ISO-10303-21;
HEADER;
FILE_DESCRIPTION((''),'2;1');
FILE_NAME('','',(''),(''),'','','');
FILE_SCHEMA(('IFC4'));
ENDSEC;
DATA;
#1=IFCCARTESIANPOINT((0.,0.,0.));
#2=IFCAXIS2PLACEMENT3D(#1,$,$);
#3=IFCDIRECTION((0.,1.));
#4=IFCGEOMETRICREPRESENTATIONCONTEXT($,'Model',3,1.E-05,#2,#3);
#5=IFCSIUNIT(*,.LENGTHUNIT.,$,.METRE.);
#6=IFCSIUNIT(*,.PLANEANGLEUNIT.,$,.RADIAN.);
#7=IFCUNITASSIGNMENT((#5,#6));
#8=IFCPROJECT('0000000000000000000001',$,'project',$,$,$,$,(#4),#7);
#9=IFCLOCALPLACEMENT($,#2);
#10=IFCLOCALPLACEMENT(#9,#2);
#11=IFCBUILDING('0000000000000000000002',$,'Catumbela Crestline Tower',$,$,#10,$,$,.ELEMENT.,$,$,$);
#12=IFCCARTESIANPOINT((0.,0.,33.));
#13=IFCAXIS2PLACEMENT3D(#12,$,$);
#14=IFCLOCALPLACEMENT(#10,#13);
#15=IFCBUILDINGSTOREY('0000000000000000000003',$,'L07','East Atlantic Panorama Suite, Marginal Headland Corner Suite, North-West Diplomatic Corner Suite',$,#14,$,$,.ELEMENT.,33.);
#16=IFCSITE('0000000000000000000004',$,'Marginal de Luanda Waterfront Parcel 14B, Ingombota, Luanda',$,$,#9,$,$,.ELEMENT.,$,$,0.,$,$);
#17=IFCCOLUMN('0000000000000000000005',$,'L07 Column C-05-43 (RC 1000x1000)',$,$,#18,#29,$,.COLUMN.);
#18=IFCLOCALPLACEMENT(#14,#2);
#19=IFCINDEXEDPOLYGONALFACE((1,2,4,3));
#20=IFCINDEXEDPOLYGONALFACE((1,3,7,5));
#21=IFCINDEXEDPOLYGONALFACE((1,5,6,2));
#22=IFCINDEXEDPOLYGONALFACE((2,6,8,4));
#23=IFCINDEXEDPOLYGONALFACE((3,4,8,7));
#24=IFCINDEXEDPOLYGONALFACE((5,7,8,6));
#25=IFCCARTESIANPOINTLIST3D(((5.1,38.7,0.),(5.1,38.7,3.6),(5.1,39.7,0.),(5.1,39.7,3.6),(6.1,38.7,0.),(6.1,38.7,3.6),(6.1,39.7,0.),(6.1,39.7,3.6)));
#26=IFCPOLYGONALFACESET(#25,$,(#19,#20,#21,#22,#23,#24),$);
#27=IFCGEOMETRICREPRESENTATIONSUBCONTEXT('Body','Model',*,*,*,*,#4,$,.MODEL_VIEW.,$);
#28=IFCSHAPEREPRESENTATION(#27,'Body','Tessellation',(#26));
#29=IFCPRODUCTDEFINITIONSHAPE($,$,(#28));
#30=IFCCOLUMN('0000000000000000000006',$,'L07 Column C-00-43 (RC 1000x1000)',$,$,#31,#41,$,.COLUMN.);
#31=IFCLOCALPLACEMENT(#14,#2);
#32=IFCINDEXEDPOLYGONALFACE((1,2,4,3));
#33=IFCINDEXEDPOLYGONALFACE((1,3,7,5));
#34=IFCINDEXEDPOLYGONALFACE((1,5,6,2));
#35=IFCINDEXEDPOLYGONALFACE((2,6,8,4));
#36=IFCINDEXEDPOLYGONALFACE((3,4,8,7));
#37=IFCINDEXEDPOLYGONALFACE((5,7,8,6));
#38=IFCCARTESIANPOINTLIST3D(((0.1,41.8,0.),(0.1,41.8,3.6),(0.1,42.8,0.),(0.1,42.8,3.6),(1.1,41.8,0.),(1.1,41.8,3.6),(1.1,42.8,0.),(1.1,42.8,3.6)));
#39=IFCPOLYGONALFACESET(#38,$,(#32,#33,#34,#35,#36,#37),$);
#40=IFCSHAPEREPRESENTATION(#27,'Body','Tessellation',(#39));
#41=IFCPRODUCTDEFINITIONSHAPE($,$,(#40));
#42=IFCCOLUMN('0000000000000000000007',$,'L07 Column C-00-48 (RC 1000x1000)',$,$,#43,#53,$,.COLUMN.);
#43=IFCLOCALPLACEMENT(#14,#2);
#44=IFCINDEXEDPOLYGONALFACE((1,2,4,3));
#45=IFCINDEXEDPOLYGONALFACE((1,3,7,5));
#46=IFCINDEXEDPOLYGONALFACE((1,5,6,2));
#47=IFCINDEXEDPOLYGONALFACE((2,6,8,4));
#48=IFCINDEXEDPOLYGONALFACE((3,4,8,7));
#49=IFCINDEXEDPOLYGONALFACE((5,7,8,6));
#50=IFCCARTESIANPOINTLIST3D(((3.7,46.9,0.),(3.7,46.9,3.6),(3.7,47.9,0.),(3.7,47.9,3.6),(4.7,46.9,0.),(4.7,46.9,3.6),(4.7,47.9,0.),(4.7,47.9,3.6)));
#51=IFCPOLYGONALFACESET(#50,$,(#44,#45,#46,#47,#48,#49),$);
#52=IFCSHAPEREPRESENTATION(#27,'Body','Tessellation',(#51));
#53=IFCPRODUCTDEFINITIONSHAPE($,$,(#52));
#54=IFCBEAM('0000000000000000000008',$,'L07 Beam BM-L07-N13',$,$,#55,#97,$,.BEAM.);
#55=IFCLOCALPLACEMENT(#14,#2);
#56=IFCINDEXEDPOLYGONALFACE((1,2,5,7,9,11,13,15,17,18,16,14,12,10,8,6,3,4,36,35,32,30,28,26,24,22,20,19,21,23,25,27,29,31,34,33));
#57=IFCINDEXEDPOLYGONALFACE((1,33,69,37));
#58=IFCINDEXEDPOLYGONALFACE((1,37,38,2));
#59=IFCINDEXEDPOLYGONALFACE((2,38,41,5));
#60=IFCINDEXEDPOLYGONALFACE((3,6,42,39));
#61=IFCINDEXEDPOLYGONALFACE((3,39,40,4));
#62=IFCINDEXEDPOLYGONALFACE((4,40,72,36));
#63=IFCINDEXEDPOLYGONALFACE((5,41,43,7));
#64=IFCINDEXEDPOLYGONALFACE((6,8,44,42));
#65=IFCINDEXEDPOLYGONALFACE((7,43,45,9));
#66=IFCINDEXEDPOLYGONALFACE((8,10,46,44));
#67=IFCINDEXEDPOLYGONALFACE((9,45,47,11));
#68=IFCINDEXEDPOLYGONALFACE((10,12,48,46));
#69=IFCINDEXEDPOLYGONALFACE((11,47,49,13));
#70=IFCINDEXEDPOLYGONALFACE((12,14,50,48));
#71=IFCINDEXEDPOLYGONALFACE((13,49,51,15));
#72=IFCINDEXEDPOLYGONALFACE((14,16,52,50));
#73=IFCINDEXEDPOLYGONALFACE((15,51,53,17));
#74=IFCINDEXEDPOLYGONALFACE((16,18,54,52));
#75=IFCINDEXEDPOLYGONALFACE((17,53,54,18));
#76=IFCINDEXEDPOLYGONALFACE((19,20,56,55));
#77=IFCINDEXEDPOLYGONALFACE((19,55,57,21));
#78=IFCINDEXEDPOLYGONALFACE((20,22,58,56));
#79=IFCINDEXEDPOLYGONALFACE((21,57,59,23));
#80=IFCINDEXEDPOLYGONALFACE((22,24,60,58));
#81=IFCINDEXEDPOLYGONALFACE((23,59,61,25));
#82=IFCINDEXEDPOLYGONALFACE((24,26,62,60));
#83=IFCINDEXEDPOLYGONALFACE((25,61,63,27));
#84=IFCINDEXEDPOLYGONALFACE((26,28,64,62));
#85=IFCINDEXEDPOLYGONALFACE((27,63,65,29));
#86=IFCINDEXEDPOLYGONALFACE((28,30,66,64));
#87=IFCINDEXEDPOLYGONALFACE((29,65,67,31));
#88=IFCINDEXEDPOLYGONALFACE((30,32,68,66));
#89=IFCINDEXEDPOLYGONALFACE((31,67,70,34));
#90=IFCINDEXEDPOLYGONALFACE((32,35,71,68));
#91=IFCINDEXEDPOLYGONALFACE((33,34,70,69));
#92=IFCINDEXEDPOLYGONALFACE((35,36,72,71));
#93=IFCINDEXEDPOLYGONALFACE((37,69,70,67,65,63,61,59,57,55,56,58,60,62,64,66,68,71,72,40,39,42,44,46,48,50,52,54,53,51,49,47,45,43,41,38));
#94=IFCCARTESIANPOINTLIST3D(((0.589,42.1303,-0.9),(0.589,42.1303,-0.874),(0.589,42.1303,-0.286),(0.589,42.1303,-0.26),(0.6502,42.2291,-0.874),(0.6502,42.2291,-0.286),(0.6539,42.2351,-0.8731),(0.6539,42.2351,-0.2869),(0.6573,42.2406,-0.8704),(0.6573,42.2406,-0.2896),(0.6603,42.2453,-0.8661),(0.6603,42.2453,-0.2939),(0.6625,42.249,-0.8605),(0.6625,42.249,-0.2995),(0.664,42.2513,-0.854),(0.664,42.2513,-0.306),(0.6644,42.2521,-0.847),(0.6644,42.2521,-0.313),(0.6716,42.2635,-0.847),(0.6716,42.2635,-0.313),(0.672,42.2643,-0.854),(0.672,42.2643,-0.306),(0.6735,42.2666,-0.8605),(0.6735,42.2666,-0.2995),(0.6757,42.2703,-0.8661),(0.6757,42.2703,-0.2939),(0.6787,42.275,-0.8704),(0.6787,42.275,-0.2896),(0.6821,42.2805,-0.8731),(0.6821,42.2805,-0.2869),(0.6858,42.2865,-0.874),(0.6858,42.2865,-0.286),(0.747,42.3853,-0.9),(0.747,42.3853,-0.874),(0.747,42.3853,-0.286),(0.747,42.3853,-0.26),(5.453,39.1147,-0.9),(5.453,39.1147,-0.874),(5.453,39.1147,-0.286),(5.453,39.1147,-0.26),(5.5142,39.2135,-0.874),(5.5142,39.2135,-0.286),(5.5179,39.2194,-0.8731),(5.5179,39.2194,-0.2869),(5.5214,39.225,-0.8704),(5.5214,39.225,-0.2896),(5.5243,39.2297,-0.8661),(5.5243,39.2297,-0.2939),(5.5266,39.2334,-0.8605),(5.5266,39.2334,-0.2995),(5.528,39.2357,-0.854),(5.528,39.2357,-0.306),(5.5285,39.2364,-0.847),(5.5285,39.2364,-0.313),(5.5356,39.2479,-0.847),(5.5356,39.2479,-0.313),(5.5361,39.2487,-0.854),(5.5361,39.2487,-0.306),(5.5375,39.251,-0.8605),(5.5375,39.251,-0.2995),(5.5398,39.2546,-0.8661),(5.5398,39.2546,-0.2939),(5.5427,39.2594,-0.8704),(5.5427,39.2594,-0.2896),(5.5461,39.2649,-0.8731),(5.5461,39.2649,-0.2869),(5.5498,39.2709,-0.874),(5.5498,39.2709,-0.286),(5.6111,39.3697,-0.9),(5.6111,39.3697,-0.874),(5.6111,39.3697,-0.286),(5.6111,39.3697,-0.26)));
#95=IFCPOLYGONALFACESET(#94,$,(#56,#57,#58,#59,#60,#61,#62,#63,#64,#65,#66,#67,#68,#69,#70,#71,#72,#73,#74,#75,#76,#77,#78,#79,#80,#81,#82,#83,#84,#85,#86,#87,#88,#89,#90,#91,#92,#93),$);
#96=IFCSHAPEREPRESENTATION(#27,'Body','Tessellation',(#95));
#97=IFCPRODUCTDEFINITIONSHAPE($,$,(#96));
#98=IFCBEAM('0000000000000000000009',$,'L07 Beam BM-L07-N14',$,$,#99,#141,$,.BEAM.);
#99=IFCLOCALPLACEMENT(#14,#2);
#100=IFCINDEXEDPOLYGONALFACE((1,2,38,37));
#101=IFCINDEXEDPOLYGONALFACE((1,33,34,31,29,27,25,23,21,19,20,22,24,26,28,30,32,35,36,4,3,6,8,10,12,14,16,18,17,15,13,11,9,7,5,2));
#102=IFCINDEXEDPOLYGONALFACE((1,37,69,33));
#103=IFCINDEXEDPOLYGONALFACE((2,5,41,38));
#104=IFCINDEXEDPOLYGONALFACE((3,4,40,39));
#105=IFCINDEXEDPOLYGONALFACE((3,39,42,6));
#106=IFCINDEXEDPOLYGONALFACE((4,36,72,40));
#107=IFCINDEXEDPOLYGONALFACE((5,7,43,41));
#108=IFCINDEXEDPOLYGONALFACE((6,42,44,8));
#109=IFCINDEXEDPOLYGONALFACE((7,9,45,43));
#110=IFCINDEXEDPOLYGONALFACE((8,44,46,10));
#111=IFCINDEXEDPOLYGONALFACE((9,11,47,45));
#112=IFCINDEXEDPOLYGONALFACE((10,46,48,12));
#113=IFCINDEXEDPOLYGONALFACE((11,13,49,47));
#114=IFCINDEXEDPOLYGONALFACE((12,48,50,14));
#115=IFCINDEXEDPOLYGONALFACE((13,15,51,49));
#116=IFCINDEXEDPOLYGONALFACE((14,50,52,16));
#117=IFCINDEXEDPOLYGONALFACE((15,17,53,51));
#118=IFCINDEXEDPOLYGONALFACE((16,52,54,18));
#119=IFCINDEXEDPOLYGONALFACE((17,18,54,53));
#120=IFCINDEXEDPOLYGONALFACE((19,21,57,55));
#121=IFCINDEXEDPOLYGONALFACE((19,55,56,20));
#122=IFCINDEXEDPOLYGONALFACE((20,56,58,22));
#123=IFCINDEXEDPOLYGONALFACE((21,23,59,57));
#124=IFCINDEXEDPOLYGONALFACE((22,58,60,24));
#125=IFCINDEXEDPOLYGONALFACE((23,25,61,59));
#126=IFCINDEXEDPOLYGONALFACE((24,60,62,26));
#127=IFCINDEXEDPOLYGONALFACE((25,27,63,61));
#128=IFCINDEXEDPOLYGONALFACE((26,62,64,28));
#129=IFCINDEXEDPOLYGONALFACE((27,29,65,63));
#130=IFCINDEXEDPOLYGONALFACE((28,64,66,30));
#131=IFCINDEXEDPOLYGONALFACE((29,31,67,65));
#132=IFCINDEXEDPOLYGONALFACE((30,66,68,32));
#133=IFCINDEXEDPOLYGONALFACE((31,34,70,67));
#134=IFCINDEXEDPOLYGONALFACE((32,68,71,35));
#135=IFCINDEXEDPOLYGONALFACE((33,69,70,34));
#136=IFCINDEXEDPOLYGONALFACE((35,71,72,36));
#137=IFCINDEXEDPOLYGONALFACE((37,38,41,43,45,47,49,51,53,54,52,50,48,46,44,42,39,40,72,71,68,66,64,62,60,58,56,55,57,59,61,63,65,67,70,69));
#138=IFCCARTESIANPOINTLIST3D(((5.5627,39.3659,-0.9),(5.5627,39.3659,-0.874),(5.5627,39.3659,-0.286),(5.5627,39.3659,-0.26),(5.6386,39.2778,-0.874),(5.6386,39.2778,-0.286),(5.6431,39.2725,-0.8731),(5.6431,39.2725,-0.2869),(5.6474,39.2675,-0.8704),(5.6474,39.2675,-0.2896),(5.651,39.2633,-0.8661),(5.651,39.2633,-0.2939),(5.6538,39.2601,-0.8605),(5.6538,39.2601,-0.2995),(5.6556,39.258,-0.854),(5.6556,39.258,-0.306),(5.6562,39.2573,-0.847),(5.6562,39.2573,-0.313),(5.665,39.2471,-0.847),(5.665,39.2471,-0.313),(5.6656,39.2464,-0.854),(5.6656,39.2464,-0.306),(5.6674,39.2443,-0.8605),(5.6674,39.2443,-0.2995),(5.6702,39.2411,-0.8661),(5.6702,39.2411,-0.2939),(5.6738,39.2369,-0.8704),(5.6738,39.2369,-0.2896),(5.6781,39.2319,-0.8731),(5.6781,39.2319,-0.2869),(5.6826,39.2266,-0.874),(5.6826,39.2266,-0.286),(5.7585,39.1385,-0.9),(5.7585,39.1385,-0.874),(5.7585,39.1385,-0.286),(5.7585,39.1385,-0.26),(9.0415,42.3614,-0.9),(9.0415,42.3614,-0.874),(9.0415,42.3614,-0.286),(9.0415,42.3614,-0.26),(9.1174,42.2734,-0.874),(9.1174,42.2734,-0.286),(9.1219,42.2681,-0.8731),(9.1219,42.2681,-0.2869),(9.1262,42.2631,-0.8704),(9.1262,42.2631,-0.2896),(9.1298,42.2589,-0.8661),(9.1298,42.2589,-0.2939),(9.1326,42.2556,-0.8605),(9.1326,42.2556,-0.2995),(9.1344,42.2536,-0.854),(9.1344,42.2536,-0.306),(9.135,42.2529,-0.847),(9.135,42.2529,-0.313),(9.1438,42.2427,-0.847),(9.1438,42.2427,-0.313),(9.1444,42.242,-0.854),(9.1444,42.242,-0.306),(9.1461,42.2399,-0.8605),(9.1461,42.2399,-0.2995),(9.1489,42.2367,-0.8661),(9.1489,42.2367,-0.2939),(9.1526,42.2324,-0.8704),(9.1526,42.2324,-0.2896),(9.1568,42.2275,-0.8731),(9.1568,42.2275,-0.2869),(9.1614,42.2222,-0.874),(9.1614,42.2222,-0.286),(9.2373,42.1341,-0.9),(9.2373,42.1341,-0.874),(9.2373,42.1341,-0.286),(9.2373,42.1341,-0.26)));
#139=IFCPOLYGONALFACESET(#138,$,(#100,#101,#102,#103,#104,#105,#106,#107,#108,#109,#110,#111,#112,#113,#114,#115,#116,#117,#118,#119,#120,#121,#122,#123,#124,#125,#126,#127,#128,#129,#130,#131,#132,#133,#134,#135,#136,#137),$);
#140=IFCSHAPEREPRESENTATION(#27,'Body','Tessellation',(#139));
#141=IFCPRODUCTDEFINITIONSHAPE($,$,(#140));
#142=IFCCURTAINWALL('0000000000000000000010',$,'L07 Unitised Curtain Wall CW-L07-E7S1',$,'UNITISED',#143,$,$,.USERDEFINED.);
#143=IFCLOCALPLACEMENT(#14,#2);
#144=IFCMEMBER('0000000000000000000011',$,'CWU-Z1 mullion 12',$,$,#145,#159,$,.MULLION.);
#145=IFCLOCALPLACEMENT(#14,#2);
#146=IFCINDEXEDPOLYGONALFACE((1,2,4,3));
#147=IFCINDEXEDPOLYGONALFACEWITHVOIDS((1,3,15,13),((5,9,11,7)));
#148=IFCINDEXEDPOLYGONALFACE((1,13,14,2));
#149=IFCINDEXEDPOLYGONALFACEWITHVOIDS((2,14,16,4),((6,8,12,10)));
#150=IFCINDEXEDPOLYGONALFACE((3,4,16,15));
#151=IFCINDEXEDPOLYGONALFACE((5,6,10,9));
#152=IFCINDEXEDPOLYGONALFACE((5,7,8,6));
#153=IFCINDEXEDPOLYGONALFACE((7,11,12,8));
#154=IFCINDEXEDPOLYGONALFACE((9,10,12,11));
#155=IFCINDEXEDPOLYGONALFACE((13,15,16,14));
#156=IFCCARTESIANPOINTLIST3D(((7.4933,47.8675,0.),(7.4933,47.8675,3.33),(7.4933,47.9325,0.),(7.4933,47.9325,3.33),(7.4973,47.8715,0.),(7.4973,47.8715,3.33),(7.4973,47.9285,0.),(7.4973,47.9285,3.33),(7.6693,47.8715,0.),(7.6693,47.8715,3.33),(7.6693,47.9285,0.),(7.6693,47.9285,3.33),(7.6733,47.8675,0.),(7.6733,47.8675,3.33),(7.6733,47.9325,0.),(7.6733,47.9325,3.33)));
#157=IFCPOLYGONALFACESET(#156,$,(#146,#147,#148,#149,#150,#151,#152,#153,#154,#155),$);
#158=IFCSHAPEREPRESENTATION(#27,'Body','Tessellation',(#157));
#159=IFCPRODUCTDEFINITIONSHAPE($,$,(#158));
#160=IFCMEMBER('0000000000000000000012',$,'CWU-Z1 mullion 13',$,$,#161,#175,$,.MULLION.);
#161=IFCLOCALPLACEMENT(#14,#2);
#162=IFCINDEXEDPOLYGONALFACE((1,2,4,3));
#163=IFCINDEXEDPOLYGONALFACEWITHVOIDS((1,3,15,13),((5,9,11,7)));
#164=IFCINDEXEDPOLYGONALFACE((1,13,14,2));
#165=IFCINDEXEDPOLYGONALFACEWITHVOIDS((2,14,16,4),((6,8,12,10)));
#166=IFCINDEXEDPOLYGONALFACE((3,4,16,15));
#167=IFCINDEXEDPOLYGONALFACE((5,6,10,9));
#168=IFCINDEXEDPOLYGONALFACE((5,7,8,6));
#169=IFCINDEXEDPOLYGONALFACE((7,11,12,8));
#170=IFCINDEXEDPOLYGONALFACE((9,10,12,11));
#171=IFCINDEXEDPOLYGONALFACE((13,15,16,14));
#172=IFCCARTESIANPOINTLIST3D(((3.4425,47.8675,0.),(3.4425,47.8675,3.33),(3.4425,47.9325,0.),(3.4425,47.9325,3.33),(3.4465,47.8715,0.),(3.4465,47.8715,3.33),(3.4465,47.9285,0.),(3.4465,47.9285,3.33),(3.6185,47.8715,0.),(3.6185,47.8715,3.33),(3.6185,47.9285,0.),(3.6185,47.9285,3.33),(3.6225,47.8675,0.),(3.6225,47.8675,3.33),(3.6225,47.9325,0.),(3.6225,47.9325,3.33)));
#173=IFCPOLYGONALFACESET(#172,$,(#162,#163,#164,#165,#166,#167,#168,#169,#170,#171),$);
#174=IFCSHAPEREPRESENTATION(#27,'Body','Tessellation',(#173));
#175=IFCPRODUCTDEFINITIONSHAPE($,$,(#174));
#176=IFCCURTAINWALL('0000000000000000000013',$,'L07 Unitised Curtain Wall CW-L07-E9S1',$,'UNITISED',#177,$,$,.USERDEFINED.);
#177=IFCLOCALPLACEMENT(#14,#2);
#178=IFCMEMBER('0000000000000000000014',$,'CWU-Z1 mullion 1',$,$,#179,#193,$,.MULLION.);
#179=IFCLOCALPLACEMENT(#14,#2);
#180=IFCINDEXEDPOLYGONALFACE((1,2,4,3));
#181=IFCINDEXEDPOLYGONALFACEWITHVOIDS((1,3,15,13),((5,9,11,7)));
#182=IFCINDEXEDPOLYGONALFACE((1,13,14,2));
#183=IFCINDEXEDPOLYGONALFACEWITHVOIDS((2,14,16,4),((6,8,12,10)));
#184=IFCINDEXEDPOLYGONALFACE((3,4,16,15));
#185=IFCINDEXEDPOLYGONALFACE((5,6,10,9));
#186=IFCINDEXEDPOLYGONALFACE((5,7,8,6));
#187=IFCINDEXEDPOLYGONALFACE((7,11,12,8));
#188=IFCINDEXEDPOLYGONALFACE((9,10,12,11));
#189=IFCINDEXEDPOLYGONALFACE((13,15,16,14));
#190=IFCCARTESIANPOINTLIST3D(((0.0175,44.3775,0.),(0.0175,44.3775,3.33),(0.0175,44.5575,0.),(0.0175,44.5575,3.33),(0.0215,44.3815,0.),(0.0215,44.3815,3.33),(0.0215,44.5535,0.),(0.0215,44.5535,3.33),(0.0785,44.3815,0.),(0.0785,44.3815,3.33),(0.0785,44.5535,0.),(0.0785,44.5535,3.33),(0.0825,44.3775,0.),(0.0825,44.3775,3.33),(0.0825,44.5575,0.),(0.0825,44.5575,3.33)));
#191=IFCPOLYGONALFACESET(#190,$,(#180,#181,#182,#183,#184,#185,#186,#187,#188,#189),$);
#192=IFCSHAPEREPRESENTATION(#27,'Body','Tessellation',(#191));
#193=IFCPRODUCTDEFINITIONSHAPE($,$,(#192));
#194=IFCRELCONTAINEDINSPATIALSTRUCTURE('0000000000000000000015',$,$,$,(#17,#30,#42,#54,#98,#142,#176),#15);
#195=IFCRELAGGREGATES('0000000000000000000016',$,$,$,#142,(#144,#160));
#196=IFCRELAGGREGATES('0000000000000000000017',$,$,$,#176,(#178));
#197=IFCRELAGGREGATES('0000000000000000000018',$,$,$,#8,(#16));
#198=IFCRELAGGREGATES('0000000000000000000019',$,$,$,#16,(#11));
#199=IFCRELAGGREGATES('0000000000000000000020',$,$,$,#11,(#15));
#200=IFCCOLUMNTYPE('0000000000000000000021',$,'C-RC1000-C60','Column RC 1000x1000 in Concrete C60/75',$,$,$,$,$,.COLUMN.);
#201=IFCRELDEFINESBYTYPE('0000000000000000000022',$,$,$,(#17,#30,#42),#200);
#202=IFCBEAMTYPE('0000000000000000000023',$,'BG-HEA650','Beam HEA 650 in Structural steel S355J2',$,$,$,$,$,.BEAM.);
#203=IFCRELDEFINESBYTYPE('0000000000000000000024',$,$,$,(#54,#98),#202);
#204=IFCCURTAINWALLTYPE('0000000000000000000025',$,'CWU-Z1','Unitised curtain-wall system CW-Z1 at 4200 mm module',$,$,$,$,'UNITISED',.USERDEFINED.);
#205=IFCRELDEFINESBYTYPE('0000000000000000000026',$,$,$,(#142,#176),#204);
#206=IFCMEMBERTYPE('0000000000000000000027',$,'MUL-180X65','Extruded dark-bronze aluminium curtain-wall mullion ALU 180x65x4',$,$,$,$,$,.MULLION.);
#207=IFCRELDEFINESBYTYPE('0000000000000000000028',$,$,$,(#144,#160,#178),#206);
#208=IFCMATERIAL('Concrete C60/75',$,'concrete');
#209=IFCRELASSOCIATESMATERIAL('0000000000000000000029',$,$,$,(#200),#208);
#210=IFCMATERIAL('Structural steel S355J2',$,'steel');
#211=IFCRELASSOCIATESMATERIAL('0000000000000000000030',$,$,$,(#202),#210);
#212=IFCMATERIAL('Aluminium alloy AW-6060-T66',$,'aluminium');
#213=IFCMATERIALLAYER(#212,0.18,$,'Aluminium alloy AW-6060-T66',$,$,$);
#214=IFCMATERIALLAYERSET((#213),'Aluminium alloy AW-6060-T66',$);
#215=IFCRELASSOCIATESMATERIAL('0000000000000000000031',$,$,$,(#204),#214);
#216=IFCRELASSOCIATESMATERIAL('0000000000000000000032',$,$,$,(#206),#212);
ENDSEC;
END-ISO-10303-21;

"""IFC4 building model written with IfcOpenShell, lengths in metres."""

from ifc_helpers import new_model, si_unit, direction, frame, origin, origin_2d, place, context, subcontext, project, spatial, rectangle, hollow_rectangle, i_section, extrude, material, layer, layer_set, material_profile, profile_set, type_object, element, aggregate, save


model = new_model("IFC4")

# Units and contexts
model_context = context("Model", 3, precision=1e-05, world=origin(), true_north=direction((0.0, 1.0)))
body_context = subcontext(model_context, "Body", "Model", "MODEL_VIEW")
ifc_project = project(units=[si_unit("LENGTHUNIT", "METRE"), si_unit("PLANEANGLEUNIT", "RADIAN")], contexts=[model_context])

# Site, building, storey
site_placement = place(None, origin())
site = spatial("IfcSite", under=ifc_project, at=site_placement, Name="Marginal de Luanda Waterfront Parcel 14B, Ingombota, Luanda", CompositionType="ELEMENT", RefElevation=0.0)
building_placement = place(site_placement, origin())
building = spatial("IfcBuilding", under=site, at=building_placement, Name="Catumbela Crestline Tower", CompositionType="ELEMENT")
storey_placement = place(building_placement, frame((0.0, 0.0, 33.0)))
storey = spatial("IfcBuildingStorey", under=building, at=storey_placement, Name="L07", Description="East Atlantic Panorama Suite, Marginal Headland Corner Suite, North-West Diplomatic Corner Suite", CompositionType="ELEMENT", Elevation=33.0)

# Columns
ifc_material_1 = material(Name="Concrete C60/75", Category="concrete")
ifc_material_profile_1 = material_profile(ifc_material_1, rectangle(XDim=1.0, YDim=1.0, at=origin_2d()), Name="RC 1000x1000")
ifc_profile_set_1 = profile_set([ifc_material_profile_1], Name="Concrete C60/75")
column_type = type_object("IfcColumnType", Name="C-RC1000-C60", Description="Column RC 1000x1000 in Concrete C60/75", PredefinedType="COLUMN", material=ifc_profile_set_1)
for number, where, z_axis, x_axis, name in (
    (1, (5.6, 39.2, 0.0), (0.0, 0.0, 1.0), (1.0, 0.0, 0.0), "L07 Column C-05-43 (RC 1000x1000)"),
    (2, (0.6, 42.3, 0.0), (0.0, 0.0, 1.0), (1.0, 0.0, 0.0), "L07 Column C-00-43 (RC 1000x1000)"),
    (3, (4.2, 47.4, 0.0), (0.0, 0.0, 1.0), (1.0, 0.0, 0.0), "L07 Column C-00-48 (RC 1000x1000)"),
):
    element("IfcColumn", number, at=place(storey_placement, frame(where, z_axis=z_axis, x_axis=x_axis)), inside=storey, type_object=column_type, Name=name, PredefinedType="COLUMN", context=body_context, shape_type="SweptSolid", body=[
        extrude(rectangle(XDim=1.0, YDim=1.0, at=origin_2d()), origin(), (0.0, 0.0, 1.0), 3.6),
    ])

# Beams
ifc_material_2 = material(Name="Structural steel S355J2", Category="steel")
ifc_material_profile_2 = material_profile(ifc_material_2, i_section(OverallWidth=0.3, OverallDepth=0.64, WebThickness=0.0135, FlangeThickness=0.026, FilletRadius=0.027, at=origin_2d()), Name="HEA 650")
ifc_profile_set_2 = profile_set([ifc_material_profile_2], Name="Structural steel S355J2")
beam_type_1 = type_object("IfcBeamType", Name="BG-HEA650", Description="Beam HEA 650 in Structural steel S355J2", PredefinedType="BEAM", material=ifc_profile_set_2)
beam_1_placement = place(storey_placement, frame((0.668, 42.2578, -0.58), z_axis=(0.849909, -0.52693, 0.0), x_axis=(0.52693, 0.849909, 0.0)))
element("IfcBeam", 4, at=beam_1_placement, inside=storey, type_object=beam_type_1, Name="L07 Beam BM-L07-N13", PredefinedType="BEAM", context=body_context, shape_type="SweptSolid", body=[
    extrude(i_section(OverallWidth=0.3, OverallDepth=0.64, WebThickness=0.0135, FlangeThickness=0.026, FilletRadius=0.027, at=origin_2d()), origin(), (0.0, 0.0, 1.0), 5.723),
])
beam_2_placement = place(storey_placement, frame((5.6606, 39.2522, -0.58), z_axis=(0.757772, 0.652519, 0.0), x_axis=(-0.652519, 0.757772, 0.0)))
element("IfcBeam", 5, at=beam_2_placement, inside=storey, type_object=beam_type_1, Name="L07 Beam BM-L07-N14", PredefinedType="BEAM", context=body_context, shape_type="SweptSolid", body=[
    extrude(i_section(OverallWidth=0.3, OverallDepth=0.64, WebThickness=0.0135, FlangeThickness=0.026, FilletRadius=0.027, at=origin_2d()), origin(), (0.0, 0.0, 1.0), 4.5908),
])

# Curtain walls, members
ifc_material_3 = material(Name="Aluminium alloy AW-6060-T66", Category="aluminium")
ifc_layer_1 = layer(ifc_material_3, 0.18, Name="Aluminium alloy AW-6060-T66")
ifc_layer_set_1 = layer_set([ifc_layer_1], Name="Aluminium alloy AW-6060-T66")
curtain_wall_type = type_object("IfcCurtainWallType", Name="CWU-Z1", Description="Unitised curtain-wall system CW-Z1 at 4200 mm module", ElementType="UNITISED", PredefinedType="USERDEFINED", material=ifc_layer_set_1)
curtain_wall_1_placement = place(storey_placement, origin())
curtain_wall_1 = element("IfcCurtainWall", 6, at=curtain_wall_1_placement, inside=storey, type_object=curtain_wall_type, Name="L07 Unitised Curtain Wall CW-L07-E7S1", ObjectType="UNITISED", PredefinedType="USERDEFINED")
ifc_material_profile_3 = material_profile(ifc_material_3, hollow_rectangle(XDim=0.065, YDim=0.18, WallThickness=0.004, at=origin_2d()), Name="ALU 180x65x4")
ifc_profile_set_3 = profile_set([ifc_material_profile_3], Name="Aluminium alloy AW-6060-T66")
member_type_1 = type_object("IfcMemberType", Name="MUL-180X65", Description="Extruded dark-bronze aluminium curtain-wall mullion ALU 180x65x4", PredefinedType="MULLION", material=ifc_profile_set_3)
member_1_placement = place(storey_placement, frame((7.5833, 47.9, 0.0), z_axis=(0.0, 0.0, 1.0), x_axis=(0.0, -1.0, 0.0)))
member_1 = element("IfcMember", 7, at=member_1_placement, type_object=member_type_1, Name="CWU-Z1 mullion 12", PredefinedType="MULLION", context=body_context, shape_type="SweptSolid", body=[
    extrude(hollow_rectangle(XDim=0.065, YDim=0.18, WallThickness=0.004, at=origin_2d()), origin(), (0.0, 0.0, 1.0), 3.33),
])
member_2_placement = place(storey_placement, frame((3.5325, 47.9, 0.0), z_axis=(0.0, 0.0, 1.0), x_axis=(0.0, -1.0, 0.0)))
member_2 = element("IfcMember", 8, at=member_2_placement, type_object=member_type_1, Name="CWU-Z1 mullion 13", PredefinedType="MULLION", context=body_context, shape_type="SweptSolid", body=[
    extrude(hollow_rectangle(XDim=0.065, YDim=0.18, WallThickness=0.004, at=origin_2d()), origin(), (0.0, 0.0, 1.0), 3.33),
])
curtain_wall_2_placement = place(storey_placement, origin())
curtain_wall_2 = element("IfcCurtainWall", 9, at=curtain_wall_2_placement, inside=storey, type_object=curtain_wall_type, Name="L07 Unitised Curtain Wall CW-L07-E9S1", ObjectType="UNITISED", PredefinedType="USERDEFINED")
member_3_placement = place(storey_placement, frame((0.05, 44.4675, 0.0), z_axis=(0.0, 0.0, 1.0), x_axis=(1.0, 0.0, 0.0)))
member_3 = element("IfcMember", 10, at=member_3_placement, type_object=member_type_1, Name="CWU-Z1 mullion 1", PredefinedType="MULLION", context=body_context, shape_type="SweptSolid", body=[
    extrude(hollow_rectangle(XDim=0.065, YDim=0.18, WallThickness=0.004, at=origin_2d()), origin(), (0.0, 0.0, 1.0), 3.33),
])

aggregate(curtain_wall_1, [member_1, member_2])
aggregate(curtain_wall_2, [member_3])

save(model, "model.ifc")
